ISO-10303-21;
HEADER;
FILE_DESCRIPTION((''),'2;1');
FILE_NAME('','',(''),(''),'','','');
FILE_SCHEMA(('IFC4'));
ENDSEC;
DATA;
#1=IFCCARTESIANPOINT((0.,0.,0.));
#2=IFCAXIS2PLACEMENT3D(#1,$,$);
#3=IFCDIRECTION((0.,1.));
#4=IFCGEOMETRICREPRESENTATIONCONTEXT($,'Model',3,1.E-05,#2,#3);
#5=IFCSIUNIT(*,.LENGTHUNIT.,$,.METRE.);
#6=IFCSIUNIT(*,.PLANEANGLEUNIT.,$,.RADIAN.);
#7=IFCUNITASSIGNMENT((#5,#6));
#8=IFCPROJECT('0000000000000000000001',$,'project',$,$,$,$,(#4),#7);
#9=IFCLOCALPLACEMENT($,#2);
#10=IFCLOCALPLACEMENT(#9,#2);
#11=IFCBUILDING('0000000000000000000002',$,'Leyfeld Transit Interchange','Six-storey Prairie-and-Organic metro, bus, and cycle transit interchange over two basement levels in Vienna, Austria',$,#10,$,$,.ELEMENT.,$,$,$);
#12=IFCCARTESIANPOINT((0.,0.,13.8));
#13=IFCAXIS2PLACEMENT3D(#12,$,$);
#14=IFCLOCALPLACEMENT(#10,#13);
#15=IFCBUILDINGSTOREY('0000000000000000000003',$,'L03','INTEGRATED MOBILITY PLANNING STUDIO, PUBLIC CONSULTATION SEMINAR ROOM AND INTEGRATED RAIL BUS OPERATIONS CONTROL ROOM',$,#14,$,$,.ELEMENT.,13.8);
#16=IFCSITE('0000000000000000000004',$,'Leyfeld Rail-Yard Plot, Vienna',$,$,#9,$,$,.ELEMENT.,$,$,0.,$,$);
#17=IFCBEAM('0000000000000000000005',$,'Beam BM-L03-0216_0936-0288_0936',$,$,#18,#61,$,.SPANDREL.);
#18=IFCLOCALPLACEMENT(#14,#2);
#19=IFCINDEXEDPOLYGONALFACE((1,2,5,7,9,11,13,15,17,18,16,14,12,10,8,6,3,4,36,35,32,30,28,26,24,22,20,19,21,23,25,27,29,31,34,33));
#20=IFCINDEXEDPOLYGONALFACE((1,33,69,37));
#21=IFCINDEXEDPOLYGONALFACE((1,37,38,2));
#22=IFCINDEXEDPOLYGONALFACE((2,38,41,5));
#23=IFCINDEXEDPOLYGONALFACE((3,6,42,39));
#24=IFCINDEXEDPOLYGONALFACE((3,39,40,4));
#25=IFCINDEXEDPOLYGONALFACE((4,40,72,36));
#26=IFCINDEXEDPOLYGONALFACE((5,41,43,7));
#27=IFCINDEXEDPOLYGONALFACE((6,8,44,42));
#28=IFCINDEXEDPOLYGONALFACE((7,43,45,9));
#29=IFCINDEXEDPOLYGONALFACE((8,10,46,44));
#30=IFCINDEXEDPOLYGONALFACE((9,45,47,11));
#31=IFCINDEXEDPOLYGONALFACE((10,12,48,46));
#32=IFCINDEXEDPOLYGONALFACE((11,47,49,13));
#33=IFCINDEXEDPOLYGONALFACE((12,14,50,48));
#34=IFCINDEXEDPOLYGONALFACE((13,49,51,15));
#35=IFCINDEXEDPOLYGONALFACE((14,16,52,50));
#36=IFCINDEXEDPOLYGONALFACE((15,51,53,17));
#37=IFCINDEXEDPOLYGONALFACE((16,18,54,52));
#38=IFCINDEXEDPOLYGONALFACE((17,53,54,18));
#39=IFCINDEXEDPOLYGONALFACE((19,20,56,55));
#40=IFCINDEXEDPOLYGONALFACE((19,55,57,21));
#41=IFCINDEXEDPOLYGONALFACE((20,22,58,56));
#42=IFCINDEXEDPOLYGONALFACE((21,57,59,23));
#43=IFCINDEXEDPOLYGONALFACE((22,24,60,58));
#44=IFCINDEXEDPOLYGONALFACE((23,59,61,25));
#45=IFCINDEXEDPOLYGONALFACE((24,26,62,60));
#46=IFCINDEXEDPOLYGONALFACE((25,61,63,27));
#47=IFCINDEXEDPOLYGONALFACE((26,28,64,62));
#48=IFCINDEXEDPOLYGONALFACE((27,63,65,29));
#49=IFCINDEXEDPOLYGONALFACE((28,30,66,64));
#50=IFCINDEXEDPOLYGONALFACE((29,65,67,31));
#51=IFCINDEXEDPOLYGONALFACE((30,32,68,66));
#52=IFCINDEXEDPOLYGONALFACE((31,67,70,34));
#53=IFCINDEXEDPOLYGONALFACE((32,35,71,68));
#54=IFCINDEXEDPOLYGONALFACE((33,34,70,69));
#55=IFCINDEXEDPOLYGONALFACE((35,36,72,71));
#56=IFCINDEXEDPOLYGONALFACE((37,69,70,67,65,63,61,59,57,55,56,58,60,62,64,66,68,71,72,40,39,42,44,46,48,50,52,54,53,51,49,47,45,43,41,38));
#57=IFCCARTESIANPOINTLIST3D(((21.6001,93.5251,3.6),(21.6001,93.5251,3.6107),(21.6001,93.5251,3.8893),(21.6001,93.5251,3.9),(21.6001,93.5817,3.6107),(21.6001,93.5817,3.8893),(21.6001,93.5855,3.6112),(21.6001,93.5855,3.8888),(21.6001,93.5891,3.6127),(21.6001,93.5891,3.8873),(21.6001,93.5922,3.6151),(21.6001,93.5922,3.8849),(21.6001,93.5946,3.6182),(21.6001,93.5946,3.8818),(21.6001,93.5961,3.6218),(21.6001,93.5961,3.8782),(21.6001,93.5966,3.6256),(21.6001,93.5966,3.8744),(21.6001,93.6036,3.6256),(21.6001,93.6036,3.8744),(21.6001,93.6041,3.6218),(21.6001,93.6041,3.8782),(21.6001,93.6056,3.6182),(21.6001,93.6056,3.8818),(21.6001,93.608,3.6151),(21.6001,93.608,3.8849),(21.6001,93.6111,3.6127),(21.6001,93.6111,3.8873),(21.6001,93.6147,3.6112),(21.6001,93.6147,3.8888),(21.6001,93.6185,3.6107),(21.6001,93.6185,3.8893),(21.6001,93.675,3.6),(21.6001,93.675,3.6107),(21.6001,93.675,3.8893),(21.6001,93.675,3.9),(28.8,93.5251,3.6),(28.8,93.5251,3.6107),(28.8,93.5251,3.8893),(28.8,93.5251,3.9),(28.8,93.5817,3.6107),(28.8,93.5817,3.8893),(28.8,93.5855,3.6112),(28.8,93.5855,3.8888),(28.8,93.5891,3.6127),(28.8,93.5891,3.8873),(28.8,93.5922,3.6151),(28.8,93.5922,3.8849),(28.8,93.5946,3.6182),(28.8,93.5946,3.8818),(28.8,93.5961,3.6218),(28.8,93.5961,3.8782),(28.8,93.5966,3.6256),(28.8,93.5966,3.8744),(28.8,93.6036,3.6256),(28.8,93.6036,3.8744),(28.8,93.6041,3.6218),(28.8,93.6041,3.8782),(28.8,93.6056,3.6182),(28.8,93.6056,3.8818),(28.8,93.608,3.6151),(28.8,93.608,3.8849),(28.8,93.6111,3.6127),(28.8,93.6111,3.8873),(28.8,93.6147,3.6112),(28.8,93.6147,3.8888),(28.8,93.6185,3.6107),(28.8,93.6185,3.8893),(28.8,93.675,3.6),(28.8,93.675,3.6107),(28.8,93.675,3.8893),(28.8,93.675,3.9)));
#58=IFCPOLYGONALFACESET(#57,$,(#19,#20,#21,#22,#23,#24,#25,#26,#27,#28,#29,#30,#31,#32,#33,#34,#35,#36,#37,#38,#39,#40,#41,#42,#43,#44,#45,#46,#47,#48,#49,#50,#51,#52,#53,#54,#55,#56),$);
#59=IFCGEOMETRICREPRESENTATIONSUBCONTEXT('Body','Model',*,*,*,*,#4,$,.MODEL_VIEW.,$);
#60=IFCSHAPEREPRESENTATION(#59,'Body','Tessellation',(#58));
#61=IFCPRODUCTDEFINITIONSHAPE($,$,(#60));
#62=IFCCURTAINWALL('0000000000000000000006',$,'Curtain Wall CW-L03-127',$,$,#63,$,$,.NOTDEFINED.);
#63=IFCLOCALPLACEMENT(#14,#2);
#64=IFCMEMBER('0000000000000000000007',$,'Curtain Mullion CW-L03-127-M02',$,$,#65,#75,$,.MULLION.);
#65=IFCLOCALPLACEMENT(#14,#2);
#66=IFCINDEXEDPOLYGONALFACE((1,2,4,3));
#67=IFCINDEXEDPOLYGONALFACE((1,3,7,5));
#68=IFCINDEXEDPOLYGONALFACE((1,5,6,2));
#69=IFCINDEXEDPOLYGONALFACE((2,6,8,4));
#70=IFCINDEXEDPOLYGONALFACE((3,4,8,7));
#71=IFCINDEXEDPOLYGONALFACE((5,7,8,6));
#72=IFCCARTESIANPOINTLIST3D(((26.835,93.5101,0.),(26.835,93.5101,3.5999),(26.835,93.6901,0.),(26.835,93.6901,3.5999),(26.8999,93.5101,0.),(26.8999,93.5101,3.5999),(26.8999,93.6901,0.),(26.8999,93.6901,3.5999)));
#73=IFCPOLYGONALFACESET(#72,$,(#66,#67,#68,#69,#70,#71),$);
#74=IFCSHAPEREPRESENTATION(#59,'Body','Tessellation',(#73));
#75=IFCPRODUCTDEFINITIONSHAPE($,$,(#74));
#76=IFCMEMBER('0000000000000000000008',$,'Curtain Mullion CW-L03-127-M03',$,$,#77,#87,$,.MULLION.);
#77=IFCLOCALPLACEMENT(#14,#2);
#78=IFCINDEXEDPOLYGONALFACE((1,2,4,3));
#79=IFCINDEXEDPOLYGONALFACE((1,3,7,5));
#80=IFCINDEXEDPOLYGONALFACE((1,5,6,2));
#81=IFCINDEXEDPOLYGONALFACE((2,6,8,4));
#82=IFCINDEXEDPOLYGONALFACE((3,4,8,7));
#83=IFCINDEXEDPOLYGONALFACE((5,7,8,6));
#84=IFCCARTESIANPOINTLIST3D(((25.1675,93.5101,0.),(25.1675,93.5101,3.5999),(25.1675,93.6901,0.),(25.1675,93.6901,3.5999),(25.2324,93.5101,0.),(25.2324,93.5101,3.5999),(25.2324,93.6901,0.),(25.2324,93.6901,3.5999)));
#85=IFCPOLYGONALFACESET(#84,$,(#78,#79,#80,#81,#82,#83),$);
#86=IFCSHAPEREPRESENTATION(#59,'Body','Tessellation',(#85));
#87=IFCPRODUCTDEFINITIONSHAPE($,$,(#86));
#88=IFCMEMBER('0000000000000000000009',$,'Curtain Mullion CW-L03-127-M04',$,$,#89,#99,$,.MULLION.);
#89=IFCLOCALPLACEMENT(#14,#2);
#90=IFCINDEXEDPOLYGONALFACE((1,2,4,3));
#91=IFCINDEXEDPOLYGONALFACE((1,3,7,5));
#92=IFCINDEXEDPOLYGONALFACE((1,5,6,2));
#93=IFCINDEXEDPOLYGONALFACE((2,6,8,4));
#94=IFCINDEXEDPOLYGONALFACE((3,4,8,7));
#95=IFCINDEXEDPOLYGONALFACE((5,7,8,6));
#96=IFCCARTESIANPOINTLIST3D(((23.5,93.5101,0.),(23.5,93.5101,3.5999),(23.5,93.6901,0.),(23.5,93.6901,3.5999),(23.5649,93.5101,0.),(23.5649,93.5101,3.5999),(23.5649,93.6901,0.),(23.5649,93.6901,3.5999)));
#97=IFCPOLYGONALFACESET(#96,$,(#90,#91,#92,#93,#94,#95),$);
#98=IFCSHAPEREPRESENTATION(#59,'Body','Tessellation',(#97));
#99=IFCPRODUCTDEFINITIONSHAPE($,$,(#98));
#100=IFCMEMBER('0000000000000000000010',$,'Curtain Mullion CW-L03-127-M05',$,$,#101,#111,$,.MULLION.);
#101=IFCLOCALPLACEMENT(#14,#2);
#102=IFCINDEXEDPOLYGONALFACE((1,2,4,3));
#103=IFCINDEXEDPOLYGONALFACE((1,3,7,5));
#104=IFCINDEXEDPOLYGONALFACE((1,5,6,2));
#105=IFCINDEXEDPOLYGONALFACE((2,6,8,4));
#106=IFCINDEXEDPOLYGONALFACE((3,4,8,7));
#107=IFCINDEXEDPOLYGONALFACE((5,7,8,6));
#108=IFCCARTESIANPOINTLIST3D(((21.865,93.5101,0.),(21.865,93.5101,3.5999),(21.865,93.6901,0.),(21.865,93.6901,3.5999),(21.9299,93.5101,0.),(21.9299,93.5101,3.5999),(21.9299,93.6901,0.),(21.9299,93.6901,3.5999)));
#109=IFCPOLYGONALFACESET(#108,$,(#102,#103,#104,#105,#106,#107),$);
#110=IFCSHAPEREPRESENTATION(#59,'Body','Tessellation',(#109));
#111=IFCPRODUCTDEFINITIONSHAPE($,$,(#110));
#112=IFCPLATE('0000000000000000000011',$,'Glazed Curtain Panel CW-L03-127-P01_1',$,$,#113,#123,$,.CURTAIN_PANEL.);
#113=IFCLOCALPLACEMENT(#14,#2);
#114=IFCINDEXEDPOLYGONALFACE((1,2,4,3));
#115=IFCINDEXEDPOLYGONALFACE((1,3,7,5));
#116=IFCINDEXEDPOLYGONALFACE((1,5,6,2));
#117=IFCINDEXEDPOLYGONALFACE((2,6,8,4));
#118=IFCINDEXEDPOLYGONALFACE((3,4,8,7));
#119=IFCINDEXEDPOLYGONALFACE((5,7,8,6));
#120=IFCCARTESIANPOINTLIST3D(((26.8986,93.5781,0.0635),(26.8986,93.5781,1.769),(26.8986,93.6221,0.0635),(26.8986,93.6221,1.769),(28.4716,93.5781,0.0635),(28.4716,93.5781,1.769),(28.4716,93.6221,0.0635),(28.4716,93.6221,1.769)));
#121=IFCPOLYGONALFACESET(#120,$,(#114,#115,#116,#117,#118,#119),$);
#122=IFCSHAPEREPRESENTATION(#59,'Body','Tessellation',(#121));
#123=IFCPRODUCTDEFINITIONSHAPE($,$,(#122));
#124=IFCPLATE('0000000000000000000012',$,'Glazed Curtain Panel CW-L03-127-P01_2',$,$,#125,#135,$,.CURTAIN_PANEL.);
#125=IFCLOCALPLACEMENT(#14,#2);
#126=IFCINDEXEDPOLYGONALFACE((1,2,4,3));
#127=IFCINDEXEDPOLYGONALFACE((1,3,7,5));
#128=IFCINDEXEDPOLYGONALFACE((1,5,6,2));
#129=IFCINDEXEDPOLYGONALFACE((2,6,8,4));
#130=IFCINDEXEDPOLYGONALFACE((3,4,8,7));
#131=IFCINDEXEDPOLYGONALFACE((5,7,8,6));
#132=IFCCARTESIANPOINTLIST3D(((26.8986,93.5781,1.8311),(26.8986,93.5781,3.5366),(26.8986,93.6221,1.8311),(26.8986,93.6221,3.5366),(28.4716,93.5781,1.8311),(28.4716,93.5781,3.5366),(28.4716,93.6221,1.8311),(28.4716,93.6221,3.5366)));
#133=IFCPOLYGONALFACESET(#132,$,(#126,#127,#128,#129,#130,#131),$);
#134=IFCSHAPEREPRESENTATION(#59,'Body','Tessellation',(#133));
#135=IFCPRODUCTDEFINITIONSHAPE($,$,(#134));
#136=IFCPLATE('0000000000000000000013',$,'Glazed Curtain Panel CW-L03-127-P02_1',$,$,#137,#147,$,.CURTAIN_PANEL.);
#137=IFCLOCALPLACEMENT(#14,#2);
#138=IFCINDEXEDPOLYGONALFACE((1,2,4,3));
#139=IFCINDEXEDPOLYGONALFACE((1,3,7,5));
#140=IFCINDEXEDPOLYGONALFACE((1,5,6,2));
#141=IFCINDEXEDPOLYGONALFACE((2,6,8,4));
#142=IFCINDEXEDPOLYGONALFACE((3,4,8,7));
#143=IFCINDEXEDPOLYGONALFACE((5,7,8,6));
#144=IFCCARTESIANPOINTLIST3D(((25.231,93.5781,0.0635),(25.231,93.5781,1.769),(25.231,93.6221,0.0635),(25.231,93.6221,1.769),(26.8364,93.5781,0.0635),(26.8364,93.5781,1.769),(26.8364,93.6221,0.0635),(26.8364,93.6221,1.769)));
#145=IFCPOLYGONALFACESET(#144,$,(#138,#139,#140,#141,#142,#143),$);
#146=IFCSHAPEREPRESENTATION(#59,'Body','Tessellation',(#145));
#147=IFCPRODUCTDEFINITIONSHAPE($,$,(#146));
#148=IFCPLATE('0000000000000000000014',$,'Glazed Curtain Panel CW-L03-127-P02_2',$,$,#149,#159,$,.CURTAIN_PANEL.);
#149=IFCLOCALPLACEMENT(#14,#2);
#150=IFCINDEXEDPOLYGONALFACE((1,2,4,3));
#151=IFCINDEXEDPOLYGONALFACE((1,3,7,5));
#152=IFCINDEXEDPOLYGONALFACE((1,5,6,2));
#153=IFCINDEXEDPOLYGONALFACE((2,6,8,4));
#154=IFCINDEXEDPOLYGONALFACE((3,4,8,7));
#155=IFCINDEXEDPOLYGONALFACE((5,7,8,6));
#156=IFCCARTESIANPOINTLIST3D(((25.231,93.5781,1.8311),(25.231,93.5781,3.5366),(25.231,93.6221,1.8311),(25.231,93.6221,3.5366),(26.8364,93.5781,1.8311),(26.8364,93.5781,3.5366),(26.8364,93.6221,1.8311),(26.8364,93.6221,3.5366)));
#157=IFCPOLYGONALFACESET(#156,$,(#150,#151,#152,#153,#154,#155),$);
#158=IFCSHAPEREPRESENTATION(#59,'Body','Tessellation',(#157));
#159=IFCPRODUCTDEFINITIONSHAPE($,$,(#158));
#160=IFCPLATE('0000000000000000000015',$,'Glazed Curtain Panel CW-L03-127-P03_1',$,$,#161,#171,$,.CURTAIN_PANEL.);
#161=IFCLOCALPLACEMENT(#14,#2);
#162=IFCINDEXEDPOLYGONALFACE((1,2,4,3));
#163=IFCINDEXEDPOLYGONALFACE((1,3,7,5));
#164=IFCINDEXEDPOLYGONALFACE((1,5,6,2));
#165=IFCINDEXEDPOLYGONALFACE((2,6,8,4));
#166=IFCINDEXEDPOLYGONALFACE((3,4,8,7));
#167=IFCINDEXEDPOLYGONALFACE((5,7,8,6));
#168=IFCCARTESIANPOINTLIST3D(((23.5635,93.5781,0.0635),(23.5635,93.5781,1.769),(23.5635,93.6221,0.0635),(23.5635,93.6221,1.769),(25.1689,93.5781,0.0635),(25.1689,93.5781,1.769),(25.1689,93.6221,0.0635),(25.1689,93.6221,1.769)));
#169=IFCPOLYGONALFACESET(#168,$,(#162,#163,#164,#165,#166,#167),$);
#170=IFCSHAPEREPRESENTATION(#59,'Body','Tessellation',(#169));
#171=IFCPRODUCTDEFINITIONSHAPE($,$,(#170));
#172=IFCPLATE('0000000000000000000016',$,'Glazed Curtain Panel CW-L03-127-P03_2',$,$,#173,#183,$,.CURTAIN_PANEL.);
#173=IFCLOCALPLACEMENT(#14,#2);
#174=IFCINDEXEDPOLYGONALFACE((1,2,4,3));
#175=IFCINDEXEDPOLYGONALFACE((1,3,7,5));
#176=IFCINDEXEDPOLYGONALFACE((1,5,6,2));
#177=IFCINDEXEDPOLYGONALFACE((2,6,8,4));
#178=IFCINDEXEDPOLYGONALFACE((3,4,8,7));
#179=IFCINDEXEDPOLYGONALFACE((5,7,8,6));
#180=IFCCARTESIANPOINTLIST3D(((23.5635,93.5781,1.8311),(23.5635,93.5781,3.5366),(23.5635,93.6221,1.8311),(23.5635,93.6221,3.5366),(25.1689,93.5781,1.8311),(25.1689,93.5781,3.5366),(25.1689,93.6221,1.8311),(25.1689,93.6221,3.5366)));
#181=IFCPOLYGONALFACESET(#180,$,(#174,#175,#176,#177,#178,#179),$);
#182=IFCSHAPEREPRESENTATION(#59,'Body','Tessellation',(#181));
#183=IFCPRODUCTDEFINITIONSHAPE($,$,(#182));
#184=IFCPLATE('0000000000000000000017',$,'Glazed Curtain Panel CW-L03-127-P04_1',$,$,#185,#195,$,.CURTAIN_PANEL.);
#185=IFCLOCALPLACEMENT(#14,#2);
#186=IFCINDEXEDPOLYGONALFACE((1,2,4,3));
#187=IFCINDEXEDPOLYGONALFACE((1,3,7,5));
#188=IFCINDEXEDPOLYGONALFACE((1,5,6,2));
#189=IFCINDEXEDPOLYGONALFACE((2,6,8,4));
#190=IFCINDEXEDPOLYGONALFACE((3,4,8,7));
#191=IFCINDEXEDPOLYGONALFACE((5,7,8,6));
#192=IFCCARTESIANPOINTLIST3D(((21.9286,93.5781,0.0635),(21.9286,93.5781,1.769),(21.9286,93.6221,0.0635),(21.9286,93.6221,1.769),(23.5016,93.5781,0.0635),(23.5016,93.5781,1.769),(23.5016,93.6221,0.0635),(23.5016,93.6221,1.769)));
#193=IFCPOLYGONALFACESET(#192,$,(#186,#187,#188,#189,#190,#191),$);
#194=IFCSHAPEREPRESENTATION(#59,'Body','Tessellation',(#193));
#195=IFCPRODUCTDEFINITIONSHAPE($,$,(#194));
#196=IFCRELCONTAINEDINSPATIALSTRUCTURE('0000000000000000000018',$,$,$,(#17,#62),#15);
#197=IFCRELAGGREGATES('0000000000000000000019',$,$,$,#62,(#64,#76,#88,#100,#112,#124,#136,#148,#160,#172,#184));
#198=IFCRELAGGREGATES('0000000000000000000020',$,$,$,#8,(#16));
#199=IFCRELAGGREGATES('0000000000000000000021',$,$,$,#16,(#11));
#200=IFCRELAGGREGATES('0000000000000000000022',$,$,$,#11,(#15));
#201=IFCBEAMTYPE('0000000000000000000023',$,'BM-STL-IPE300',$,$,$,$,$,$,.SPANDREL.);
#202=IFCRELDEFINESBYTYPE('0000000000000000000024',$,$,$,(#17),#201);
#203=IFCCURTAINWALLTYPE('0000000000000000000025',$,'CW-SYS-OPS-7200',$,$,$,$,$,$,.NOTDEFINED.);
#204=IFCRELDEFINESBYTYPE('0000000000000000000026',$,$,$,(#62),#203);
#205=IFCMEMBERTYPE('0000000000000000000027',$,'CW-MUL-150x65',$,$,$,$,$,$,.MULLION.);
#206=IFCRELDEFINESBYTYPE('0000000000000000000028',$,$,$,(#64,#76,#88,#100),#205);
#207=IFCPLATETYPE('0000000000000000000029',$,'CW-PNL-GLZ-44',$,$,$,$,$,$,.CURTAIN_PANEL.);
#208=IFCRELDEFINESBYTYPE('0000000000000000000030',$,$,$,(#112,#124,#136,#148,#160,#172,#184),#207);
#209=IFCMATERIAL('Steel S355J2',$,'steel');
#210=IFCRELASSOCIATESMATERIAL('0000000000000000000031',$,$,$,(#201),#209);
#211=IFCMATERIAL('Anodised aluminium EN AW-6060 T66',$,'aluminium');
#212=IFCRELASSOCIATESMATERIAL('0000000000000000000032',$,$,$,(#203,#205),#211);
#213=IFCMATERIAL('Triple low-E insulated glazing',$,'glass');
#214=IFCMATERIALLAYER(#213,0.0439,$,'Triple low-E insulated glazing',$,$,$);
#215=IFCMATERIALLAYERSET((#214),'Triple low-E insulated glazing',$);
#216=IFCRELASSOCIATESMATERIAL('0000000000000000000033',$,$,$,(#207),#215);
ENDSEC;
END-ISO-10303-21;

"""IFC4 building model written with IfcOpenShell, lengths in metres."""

from ifc_helpers import new_model, si_unit, direction, frame, origin, origin_2d, place, context, subcontext, project, spatial, rectangle, i_section, extrude, material, layer, layer_set, material_profile, profile_set, type_object, element, aggregate, save


model = new_model("IFC4")

# Units and contexts
model_context = context("Model", 3, precision=1e-05, world=origin(), true_north=direction((0.0, 1.0)))
body_context = subcontext(model_context, "Body", "Model", "MODEL_VIEW")
ifc_project = project(units=[si_unit("LENGTHUNIT", "METRE"), si_unit("PLANEANGLEUNIT", "RADIAN")], contexts=[model_context])

# Site, building, storey
site_placement = place(None, origin())
site = spatial("IfcSite", under=ifc_project, at=site_placement, Name="Leyfeld Rail-Yard Plot, Vienna", CompositionType="ELEMENT", RefElevation=0.0)
building_placement = place(site_placement, origin())
building = spatial("IfcBuilding", under=site, at=building_placement, Name="Leyfeld Transit Interchange", Description="Six-storey Prairie-and-Organic metro, bus, and cycle transit interchange over two basement levels in Vienna, Austria", CompositionType="ELEMENT")
storey_placement = place(building_placement, frame((0.0, 0.0, 13.8)))
storey = spatial("IfcBuildingStorey", under=building, at=storey_placement, Name="L03", Description="INTEGRATED MOBILITY PLANNING STUDIO, PUBLIC CONSULTATION SEMINAR ROOM AND INTEGRATED RAIL BUS OPERATIONS CONTROL ROOM", CompositionType="ELEMENT", Elevation=13.8)

# Shared definitions
ifc_material_1 = material(Name="Steel S355J2", Category="steel")

# Beam
ifc_material_profile_1 = material_profile(ifc_material_1, i_section(OverallWidth=0.1499, OverallDepth=0.3, WebThickness=0.0071, FlangeThickness=0.0107, FilletRadius=0.0149, at=origin_2d()), Name="IPE 300")
ifc_profile_set_1 = profile_set([ifc_material_profile_1], Name="Steel S355J2")
beam_type_1 = type_object("IfcBeamType", Name="BM-STL-IPE300", PredefinedType="SPANDREL", material=ifc_profile_set_1)
beam_1_placement = place(storey_placement, frame((21.6001, 93.6001, 3.75), z_axis=(1.0, 0.0, 0.0), x_axis=(0.0, 1.0, 0.0)))
element("IfcBeam", 1, at=beam_1_placement, inside=storey, type_object=beam_type_1, Name="Beam BM-L03-0216_0936-0288_0936", PredefinedType="SPANDREL", context=body_context, shape_type="SweptSolid", body=[
    extrude(i_section(OverallWidth=0.1499, OverallDepth=0.3, WebThickness=0.0071, FlangeThickness=0.0107, FilletRadius=0.0149, at=origin_2d()), origin(), (0.0, 0.0, 1.0), 7.2),
])

# Curtain wall, members, plates
ifc_material_2 = material(Name="Anodised aluminium EN AW-6060 T66", Category="aluminium")
curtain_wall_type = type_object("IfcCurtainWallType", Name="CW-SYS-OPS-7200", PredefinedType="NOTDEFINED", material=ifc_material_2)
curtain_wall_placement = place(storey_placement, origin())
curtain_wall = element("IfcCurtainWall", 2, at=curtain_wall_placement, inside=storey, type_object=curtain_wall_type, Name="Curtain Wall CW-L03-127", PredefinedType="NOTDEFINED")
ifc_material_profile_2 = material_profile(ifc_material_2, rectangle(XDim=0.0649, YDim=0.1799, at=origin_2d()), Name="CW-M 65x180")
ifc_profile_set_2 = profile_set([ifc_material_profile_2], Name="Anodised aluminium EN AW-6060 T66")
member_type = type_object("IfcMemberType", Name="CW-MUL-150x65", PredefinedType="MULLION", material=ifc_profile_set_2)
member_1_placement = place(storey_placement, frame((26.8674, 93.6001, 0.0), z_axis=(0.0, 0.0, 1.0), x_axis=(-1.0, 0.0, 0.0)))
member_1 = element("IfcMember", 3, at=member_1_placement, type_object=member_type, Name="Curtain Mullion CW-L03-127-M02", PredefinedType="MULLION", context=body_context, shape_type="SweptSolid", body=[
    extrude(rectangle(XDim=0.0649, YDim=0.1799, at=origin_2d()), origin(), (0.0, 0.0, 1.0), 3.5999),
])
member_2_placement = place(storey_placement, frame((25.2, 93.6001, 0.0), z_axis=(0.0, 0.0, 1.0), x_axis=(-1.0, 0.0, 0.0)))
member_2 = element("IfcMember", 4, at=member_2_placement, type_object=member_type, Name="Curtain Mullion CW-L03-127-M03", PredefinedType="MULLION", context=body_context, shape_type="SweptSolid", body=[
    extrude(rectangle(XDim=0.0649, YDim=0.1799, at=origin_2d()), origin(), (0.0, 0.0, 1.0), 3.5999),
])
member_3_placement = place(storey_placement, frame((23.5325, 93.6001, 0.0), z_axis=(0.0, 0.0, 1.0), x_axis=(-1.0, 0.0, 0.0)))
member_3 = element("IfcMember", 5, at=member_3_placement, type_object=member_type, Name="Curtain Mullion CW-L03-127-M04", PredefinedType="MULLION", context=body_context, shape_type="SweptSolid", body=[
    extrude(rectangle(XDim=0.0649, YDim=0.1799, at=origin_2d()), origin(), (0.0, 0.0, 1.0), 3.5999),
])
member_4_placement = place(storey_placement, frame((21.8975, 93.6001, 0.0), z_axis=(0.0, 0.0, 1.0), x_axis=(-1.0, 0.0, 0.0)))
member_4 = element("IfcMember", 6, at=member_4_placement, type_object=member_type, Name="Curtain Mullion CW-L03-127-M05", PredefinedType="MULLION", context=body_context, shape_type="SweptSolid", body=[
    extrude(rectangle(XDim=0.0649, YDim=0.1799, at=origin_2d()), origin(), (0.0, 0.0, 1.0), 3.5999),
])
ifc_material_3 = material(Name="Triple low-E insulated glazing", Category="glass")
ifc_layer_1 = layer(ifc_material_3, 0.0439, Name="Triple low-E insulated glazing")
ifc_layer_set_1 = layer_set([ifc_layer_1], Name="Triple low-E insulated glazing")
plate_type = type_object("IfcPlateType", Name="CW-PNL-GLZ-44", PredefinedType="CURTAIN_PANEL", material=ifc_layer_set_1)
plate_1_placement = place(storey_placement, frame((27.6851, 93.6001, 0.0635), z_axis=(0.0, 0.0, 1.0), x_axis=(-1.0, 0.0, 0.0)))
plate_1 = element("IfcPlate", 7, at=plate_1_placement, type_object=plate_type, Name="Glazed Curtain Panel CW-L03-127-P01_1", PredefinedType="CURTAIN_PANEL", context=body_context, shape_type="SweptSolid", body=[
    extrude(rectangle(XDim=1.573, YDim=0.0439, at=origin_2d()), origin(), (0.0, 0.0, 1.0), 1.7056),
])
plate_2_placement = place(storey_placement, frame((27.6851, 93.6001, 1.8311), z_axis=(0.0, 0.0, 1.0), x_axis=(-1.0, 0.0, 0.0)))
plate_2 = element("IfcPlate", 8, at=plate_2_placement, type_object=plate_type, Name="Glazed Curtain Panel CW-L03-127-P01_2", PredefinedType="CURTAIN_PANEL", context=body_context, shape_type="SweptSolid", body=[
    extrude(rectangle(XDim=1.573, YDim=0.0439, at=origin_2d()), origin(), (0.0, 0.0, 1.0), 1.7056),
])
plate_3_placement = place(storey_placement, frame((26.0337, 93.6001, 0.0635), z_axis=(0.0, 0.0, 1.0), x_axis=(-1.0, 0.0, 0.0)))
plate_3 = element("IfcPlate", 9, at=plate_3_placement, type_object=plate_type, Name="Glazed Curtain Panel CW-L03-127-P02_1", PredefinedType="CURTAIN_PANEL", context=body_context, shape_type="SweptSolid", body=[
    extrude(rectangle(XDim=1.6055, YDim=0.0439, at=origin_2d()), origin(), (0.0, 0.0, 1.0), 1.7056),
])
plate_4_placement = place(storey_placement, frame((26.0337, 93.6001, 1.8311), z_axis=(0.0, 0.0, 1.0), x_axis=(-1.0, 0.0, 0.0)))
plate_4 = element("IfcPlate", 10, at=plate_4_placement, type_object=plate_type, Name="Glazed Curtain Panel CW-L03-127-P02_2", PredefinedType="CURTAIN_PANEL", context=body_context, shape_type="SweptSolid", body=[
    extrude(rectangle(XDim=1.6055, YDim=0.0439, at=origin_2d()), origin(), (0.0, 0.0, 1.0), 1.7056),
])
plate_5_placement = place(storey_placement, frame((24.3662, 93.6001, 0.0635), z_axis=(0.0, 0.0, 1.0), x_axis=(-1.0, 0.0, 0.0)))
plate_5 = element("IfcPlate", 11, at=plate_5_placement, type_object=plate_type, Name="Glazed Curtain Panel CW-L03-127-P03_1", PredefinedType="CURTAIN_PANEL", context=body_context, shape_type="SweptSolid", body=[
    extrude(rectangle(XDim=1.6055, YDim=0.0439, at=origin_2d()), origin(), (0.0, 0.0, 1.0), 1.7056),
])
plate_6_placement = place(storey_placement, frame((24.3662, 93.6001, 1.8311), z_axis=(0.0, 0.0, 1.0), x_axis=(-1.0, 0.0, 0.0)))
plate_6 = element("IfcPlate", 12, at=plate_6_placement, type_object=plate_type, Name="Glazed Curtain Panel CW-L03-127-P03_2", PredefinedType="CURTAIN_PANEL", context=body_context, shape_type="SweptSolid", body=[
    extrude(rectangle(XDim=1.6055, YDim=0.0439, at=origin_2d()), origin(), (0.0, 0.0, 1.0), 1.7056),
])
plate_7_placement = place(storey_placement, frame((22.7151, 93.6001, 0.0635), z_axis=(0.0, 0.0, 1.0), x_axis=(-1.0, 0.0, 0.0)))
plate_7 = element("IfcPlate", 13, at=plate_7_placement, type_object=plate_type, Name="Glazed Curtain Panel CW-L03-127-P04_1", PredefinedType="CURTAIN_PANEL", context=body_context, shape_type="SweptSolid", body=[
    extrude(rectangle(XDim=1.573, YDim=0.0439, at=origin_2d()), origin(), (0.0, 0.0, 1.0), 1.7056),
])
aggregate(curtain_wall, [member_1, member_2, member_3, member_4, plate_1, plate_2, plate_3, plate_4, plate_5, plate_6, plate_7])

save(model, "model.ifc")
